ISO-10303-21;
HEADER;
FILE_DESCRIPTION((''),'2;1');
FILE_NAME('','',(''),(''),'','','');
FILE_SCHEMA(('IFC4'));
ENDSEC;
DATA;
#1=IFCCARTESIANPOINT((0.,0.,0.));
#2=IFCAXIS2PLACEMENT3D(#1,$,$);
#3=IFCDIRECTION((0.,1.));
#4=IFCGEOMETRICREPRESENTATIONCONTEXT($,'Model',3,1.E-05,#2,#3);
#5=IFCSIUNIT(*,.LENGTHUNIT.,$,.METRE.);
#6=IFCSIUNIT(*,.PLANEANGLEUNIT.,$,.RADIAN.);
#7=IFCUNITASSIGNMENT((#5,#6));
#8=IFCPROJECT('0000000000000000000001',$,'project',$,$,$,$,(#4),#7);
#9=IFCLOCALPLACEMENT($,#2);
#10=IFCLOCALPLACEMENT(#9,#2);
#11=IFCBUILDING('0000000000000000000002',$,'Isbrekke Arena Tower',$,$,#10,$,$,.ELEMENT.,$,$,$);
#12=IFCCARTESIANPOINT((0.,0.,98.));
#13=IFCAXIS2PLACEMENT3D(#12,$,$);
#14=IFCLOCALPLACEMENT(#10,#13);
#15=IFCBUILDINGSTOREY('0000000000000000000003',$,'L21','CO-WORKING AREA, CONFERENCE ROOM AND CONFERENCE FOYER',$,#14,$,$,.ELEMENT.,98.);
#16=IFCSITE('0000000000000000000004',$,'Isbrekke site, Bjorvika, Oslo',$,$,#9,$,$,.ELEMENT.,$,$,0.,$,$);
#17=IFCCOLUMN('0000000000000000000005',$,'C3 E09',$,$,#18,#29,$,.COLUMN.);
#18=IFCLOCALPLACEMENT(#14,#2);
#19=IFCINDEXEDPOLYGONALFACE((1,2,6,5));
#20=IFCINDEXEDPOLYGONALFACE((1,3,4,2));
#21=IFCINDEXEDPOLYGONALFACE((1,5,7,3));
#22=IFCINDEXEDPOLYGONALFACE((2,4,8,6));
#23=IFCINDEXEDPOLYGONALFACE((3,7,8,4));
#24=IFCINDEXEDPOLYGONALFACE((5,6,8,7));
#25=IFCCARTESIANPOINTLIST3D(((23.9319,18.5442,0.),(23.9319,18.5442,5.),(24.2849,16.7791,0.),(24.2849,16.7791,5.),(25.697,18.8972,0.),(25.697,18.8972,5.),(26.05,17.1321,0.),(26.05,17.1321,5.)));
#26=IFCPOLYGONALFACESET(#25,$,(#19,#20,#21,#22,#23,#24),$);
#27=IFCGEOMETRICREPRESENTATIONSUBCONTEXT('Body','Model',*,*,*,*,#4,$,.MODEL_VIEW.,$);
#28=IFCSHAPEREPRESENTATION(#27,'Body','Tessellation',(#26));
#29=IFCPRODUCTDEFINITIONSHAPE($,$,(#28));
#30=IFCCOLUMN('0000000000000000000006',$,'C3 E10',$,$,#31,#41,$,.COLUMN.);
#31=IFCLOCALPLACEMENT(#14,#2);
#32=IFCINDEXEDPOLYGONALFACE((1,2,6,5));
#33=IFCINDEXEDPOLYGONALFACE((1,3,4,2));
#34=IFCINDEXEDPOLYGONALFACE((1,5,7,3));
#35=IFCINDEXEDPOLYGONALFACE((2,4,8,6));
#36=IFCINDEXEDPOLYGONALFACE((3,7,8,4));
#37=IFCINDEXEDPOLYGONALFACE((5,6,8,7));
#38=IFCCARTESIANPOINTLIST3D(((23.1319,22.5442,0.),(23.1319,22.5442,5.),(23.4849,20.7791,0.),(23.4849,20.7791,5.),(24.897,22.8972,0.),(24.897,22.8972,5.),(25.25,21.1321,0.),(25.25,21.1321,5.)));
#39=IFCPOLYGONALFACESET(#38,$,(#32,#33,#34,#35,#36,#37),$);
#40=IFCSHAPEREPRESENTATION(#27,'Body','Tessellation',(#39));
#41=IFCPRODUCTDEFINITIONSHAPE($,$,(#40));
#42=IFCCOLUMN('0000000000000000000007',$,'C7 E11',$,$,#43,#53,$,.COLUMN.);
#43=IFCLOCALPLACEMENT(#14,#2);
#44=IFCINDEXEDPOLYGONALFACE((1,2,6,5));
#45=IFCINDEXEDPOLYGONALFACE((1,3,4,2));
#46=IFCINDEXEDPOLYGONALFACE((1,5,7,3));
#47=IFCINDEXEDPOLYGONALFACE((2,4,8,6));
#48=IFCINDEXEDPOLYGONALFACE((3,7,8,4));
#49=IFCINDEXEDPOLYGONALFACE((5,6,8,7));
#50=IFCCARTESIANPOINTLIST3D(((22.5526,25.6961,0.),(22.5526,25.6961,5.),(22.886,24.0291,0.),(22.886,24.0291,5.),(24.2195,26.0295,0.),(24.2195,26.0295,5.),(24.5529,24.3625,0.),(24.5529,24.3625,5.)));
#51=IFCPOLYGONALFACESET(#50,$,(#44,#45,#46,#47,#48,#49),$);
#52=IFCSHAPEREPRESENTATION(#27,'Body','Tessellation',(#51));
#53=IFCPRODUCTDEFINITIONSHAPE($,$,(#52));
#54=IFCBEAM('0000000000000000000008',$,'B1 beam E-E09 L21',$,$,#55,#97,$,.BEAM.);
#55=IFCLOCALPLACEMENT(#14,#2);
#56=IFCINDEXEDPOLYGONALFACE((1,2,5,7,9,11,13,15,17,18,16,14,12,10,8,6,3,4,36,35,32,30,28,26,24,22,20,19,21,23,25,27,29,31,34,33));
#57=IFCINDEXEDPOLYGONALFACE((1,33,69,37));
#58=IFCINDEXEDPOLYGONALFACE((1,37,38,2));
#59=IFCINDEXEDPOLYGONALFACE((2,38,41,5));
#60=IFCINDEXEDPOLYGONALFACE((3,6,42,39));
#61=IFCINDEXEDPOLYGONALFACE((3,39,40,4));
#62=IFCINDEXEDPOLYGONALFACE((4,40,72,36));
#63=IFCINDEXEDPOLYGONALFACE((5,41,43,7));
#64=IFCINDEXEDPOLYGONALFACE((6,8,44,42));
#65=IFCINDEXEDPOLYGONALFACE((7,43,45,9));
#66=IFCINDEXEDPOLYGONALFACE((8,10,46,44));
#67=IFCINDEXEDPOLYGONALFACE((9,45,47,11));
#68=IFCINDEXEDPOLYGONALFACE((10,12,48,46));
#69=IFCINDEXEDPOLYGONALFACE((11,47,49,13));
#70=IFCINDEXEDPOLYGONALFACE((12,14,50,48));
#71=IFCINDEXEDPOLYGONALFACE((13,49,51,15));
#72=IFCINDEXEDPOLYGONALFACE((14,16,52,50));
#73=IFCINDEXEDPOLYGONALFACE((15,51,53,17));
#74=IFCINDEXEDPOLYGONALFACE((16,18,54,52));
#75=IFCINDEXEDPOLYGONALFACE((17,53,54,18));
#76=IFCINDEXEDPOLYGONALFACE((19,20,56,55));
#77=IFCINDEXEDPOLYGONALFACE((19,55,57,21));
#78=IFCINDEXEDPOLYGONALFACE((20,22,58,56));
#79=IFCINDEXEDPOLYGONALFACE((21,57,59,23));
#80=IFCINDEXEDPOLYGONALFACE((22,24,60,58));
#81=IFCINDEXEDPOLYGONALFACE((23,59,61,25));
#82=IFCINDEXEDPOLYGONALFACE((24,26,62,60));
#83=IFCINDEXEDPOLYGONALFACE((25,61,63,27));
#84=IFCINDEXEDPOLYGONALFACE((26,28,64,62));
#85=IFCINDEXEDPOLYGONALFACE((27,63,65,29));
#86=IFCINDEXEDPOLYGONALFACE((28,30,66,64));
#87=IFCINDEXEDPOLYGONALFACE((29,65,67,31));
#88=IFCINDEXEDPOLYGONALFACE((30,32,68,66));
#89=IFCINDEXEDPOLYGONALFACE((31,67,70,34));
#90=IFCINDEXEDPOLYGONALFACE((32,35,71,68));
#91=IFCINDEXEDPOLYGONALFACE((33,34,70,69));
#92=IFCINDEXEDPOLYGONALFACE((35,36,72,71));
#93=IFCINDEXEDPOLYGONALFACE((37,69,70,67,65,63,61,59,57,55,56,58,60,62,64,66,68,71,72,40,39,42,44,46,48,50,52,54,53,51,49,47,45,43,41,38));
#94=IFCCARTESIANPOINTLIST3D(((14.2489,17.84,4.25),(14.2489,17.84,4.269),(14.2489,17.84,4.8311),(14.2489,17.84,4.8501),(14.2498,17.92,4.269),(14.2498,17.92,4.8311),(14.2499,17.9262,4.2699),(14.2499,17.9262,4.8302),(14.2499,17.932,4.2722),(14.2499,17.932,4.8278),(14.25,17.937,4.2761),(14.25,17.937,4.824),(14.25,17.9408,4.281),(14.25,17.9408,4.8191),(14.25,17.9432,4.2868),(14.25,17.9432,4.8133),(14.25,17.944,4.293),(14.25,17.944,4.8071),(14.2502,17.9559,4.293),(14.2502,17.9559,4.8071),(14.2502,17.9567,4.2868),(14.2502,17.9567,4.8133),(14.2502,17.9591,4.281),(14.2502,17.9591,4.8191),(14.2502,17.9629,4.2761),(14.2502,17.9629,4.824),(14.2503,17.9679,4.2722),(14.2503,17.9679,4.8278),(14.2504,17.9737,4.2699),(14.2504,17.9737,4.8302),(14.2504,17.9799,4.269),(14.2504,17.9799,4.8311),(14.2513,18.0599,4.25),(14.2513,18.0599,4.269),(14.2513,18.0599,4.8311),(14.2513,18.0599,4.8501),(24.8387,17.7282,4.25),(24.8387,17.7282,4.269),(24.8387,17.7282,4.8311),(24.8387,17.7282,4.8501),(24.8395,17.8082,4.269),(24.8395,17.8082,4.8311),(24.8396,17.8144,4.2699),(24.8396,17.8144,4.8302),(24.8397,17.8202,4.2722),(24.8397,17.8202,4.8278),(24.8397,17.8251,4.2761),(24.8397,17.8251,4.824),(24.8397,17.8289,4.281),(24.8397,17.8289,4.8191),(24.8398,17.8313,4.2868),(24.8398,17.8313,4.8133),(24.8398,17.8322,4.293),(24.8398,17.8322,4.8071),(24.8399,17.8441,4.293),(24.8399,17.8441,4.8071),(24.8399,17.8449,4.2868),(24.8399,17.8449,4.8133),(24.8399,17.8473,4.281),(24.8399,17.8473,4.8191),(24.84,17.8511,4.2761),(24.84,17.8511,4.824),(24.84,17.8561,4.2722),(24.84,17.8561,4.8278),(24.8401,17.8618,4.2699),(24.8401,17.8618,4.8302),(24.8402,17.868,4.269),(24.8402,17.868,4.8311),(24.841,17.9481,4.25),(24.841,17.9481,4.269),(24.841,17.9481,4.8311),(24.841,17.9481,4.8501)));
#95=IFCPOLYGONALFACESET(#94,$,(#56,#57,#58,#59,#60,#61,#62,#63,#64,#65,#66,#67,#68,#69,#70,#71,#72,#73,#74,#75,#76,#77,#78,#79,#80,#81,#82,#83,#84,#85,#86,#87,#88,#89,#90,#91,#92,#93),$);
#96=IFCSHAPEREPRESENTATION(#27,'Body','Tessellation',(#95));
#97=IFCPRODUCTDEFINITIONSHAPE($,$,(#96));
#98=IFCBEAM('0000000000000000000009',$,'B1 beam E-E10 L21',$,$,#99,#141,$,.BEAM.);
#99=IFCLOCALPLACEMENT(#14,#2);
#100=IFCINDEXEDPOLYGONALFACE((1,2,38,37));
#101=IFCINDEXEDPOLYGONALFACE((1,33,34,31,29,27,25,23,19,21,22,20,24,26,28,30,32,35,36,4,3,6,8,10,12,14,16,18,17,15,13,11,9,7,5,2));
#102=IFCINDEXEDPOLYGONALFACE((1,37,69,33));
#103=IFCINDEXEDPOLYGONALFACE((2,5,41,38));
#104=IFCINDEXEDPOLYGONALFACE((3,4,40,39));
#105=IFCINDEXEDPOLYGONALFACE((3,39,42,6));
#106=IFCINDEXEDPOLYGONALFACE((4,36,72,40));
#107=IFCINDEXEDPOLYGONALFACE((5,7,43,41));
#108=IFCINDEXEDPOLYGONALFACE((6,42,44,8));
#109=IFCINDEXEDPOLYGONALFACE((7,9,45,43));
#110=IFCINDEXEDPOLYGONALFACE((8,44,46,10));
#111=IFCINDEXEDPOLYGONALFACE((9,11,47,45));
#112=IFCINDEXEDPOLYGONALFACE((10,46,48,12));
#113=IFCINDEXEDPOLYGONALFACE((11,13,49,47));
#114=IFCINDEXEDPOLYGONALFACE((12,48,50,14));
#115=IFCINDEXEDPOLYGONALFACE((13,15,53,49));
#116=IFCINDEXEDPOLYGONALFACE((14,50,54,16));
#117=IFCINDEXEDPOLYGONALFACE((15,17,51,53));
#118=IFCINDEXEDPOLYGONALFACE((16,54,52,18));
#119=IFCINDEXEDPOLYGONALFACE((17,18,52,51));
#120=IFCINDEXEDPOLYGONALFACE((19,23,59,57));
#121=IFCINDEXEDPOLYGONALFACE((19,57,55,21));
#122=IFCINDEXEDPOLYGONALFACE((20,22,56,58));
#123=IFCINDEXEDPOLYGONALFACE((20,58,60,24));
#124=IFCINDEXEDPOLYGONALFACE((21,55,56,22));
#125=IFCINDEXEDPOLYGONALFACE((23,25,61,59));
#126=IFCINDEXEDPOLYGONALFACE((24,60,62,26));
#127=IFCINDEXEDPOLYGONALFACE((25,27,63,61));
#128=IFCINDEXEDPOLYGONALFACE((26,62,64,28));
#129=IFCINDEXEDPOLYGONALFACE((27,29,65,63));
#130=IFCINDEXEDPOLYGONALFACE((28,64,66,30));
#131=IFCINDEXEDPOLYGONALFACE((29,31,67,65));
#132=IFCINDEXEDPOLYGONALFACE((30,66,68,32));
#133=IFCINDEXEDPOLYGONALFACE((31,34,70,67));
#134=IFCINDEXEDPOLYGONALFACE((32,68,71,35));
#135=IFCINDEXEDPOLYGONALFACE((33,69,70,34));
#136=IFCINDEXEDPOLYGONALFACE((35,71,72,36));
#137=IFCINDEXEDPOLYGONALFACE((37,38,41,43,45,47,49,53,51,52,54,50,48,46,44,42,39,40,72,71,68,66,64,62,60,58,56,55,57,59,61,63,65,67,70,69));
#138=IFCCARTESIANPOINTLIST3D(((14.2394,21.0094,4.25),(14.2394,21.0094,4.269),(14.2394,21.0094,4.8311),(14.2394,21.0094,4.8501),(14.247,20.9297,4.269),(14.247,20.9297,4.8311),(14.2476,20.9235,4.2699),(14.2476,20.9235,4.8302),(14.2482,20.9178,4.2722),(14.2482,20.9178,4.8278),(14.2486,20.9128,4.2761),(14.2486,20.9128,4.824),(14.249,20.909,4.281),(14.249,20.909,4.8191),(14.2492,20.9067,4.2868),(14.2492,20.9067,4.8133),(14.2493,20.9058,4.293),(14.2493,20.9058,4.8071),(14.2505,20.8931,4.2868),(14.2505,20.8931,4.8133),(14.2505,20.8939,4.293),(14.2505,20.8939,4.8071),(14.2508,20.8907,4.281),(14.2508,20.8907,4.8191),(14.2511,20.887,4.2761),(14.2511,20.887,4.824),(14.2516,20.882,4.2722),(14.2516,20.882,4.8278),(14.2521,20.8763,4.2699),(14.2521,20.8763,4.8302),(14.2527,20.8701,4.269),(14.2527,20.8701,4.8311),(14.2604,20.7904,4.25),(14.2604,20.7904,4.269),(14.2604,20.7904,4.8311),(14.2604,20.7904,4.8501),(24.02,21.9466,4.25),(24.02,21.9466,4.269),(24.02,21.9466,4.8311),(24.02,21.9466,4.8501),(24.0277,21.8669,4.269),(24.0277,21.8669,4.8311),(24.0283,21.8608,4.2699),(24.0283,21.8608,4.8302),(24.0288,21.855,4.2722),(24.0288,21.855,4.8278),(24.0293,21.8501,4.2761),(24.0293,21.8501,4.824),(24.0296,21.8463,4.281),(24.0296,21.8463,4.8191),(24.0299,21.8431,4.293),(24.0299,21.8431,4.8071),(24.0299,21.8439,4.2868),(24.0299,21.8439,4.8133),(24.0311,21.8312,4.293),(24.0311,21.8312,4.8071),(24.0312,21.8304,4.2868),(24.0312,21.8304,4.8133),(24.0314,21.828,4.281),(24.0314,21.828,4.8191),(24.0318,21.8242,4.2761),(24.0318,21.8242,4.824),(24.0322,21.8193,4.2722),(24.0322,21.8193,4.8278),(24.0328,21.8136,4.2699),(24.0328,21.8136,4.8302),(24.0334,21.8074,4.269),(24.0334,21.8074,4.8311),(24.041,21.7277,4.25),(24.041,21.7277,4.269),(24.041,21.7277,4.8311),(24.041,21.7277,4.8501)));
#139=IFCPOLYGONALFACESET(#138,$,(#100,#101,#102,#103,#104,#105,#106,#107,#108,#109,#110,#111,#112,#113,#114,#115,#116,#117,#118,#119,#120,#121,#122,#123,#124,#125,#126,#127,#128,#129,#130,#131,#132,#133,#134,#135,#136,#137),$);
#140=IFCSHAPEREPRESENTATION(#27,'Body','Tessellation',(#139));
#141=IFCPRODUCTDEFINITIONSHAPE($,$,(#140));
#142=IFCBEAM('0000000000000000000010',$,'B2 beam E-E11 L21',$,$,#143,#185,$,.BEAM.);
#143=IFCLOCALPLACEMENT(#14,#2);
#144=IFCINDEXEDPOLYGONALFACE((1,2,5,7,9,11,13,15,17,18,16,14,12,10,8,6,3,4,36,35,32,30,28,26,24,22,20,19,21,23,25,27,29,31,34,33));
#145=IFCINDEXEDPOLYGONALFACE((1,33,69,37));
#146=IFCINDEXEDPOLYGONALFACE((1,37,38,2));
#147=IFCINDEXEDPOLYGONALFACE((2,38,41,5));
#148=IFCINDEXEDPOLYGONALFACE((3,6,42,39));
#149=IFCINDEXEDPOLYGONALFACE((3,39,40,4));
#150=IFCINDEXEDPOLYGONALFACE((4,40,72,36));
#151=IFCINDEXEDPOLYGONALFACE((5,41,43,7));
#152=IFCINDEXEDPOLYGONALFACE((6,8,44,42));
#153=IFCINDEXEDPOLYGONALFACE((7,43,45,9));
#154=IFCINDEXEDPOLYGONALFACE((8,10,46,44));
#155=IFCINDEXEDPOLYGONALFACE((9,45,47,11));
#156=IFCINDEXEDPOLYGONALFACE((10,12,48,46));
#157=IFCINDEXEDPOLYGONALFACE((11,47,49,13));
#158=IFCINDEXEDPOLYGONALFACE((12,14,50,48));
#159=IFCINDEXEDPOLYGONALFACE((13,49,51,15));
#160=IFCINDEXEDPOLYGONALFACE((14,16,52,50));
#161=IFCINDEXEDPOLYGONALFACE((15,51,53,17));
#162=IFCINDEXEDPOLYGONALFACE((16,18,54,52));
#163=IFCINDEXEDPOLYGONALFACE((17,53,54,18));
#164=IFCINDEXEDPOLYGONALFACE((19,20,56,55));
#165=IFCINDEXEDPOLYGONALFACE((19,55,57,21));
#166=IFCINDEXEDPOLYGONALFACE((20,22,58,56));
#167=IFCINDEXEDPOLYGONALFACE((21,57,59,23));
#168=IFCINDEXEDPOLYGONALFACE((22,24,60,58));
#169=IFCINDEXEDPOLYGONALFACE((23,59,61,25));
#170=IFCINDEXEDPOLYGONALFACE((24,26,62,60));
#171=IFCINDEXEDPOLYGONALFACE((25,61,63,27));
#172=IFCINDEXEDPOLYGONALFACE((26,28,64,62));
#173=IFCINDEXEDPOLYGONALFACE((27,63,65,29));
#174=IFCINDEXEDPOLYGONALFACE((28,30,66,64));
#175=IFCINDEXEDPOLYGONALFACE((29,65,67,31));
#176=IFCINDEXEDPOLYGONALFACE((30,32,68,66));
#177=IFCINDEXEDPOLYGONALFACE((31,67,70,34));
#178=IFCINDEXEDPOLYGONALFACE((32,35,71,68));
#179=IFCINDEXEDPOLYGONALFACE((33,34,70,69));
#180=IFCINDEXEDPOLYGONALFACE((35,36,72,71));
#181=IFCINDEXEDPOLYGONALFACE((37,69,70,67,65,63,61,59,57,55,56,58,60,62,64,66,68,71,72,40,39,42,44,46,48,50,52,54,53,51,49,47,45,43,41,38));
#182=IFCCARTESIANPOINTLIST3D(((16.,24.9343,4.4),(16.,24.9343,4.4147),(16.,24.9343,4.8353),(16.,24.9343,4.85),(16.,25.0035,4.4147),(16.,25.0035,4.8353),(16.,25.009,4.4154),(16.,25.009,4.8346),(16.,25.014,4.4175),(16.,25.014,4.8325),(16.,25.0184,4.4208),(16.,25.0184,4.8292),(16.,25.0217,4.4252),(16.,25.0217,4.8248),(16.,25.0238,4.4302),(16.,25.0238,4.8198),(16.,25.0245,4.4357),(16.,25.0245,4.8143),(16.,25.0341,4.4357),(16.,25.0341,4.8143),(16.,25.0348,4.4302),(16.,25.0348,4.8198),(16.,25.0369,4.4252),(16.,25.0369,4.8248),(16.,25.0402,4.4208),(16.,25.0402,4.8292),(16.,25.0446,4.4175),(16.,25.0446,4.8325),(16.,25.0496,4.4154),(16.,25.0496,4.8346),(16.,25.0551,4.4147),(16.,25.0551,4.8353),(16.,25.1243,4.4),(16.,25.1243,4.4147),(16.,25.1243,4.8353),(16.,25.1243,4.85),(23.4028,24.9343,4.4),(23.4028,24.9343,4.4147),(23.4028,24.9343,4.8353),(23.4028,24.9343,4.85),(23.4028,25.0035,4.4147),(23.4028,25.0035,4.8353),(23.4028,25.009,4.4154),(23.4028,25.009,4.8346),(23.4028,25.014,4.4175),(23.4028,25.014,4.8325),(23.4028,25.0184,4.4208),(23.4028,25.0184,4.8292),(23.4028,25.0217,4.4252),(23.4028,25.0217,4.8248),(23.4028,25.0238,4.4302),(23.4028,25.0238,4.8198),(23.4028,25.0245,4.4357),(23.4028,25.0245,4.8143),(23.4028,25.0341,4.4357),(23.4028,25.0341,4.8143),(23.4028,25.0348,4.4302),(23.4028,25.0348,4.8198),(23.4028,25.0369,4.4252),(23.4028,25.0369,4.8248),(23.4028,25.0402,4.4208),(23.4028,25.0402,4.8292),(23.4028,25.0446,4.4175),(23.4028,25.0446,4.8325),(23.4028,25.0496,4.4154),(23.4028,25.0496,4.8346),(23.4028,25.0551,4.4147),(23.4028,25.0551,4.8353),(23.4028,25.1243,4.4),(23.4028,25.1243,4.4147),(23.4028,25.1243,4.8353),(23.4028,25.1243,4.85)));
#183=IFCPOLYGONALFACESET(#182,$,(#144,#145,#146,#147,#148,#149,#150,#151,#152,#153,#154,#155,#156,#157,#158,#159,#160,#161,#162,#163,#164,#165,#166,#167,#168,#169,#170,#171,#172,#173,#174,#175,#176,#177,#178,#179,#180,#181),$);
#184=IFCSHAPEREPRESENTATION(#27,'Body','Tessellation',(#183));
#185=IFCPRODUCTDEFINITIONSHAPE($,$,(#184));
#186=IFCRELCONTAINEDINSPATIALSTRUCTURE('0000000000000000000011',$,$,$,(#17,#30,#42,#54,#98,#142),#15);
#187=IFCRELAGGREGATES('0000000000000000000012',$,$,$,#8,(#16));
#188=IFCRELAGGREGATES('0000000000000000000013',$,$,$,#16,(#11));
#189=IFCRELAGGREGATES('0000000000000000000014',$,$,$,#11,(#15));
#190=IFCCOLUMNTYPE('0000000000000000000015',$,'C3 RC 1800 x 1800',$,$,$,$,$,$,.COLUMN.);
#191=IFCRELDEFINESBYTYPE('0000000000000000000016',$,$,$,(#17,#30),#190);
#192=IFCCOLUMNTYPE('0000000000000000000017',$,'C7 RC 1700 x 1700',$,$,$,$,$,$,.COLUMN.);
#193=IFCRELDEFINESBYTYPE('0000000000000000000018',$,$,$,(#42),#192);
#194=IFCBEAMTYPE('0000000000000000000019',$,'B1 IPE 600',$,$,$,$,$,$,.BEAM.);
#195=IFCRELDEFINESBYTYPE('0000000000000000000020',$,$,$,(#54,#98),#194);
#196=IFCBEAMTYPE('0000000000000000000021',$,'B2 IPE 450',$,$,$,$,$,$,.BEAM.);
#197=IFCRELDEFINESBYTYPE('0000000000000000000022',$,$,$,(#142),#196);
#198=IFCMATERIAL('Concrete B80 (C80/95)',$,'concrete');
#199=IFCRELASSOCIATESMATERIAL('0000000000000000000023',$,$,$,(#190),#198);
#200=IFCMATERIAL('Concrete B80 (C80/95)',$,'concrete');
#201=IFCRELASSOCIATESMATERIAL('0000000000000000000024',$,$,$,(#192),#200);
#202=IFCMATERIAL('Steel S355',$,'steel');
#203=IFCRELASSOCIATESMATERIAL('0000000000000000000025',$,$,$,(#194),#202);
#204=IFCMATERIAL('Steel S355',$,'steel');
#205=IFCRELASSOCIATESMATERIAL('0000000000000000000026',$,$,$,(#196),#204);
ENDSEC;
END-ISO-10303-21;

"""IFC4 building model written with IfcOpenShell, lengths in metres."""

from ifc_helpers import new_model, si_unit, direction, frame, origin, origin_2d, place, context, subcontext, project, spatial, rectangle, i_section, extrude, material, material_profile, profile_set, type_object, element, save


model = new_model("IFC4")

# Units and contexts
model_context = context("Model", 3, precision=1e-05, world=origin(), true_north=direction((0.0, 1.0)))
body_context = subcontext(model_context, "Body", "Model", "MODEL_VIEW")
ifc_project = project(units=[si_unit("LENGTHUNIT", "METRE"), si_unit("PLANEANGLEUNIT", "RADIAN")], contexts=[model_context])

# Site, building, storey
site_placement = place(None, origin())
site = spatial("IfcSite", under=ifc_project, at=site_placement, Name="Isbrekke site, Bjorvika, Oslo", CompositionType="ELEMENT", RefElevation=0.0)
building_placement = place(site_placement, origin())
building = spatial("IfcBuilding", under=site, at=building_placement, Name="Isbrekke Arena Tower", CompositionType="ELEMENT")
storey_placement = place(building_placement, frame((0.0, 0.0, 98.0)))
storey = spatial("IfcBuildingStorey", under=building, at=storey_placement, Name="L21", Description="CO-WORKING AREA, CONFERENCE ROOM AND CONFERENCE FOYER", CompositionType="ELEMENT", Elevation=98.0)

# Columns
ifc_material_1 = material(Name="Concrete B80 (C80/95)", Category="concrete")
ifc_material_profile_1 = material_profile(ifc_material_1, rectangle(XDim=1.8, YDim=1.8, at=origin_2d()), Name="RC 1800x1800")
ifc_profile_set_1 = profile_set([ifc_material_profile_1], Name="Concrete B80 (C80/95)")
column_type_1 = type_object("IfcColumnType", Name="C3 RC 1800 x 1800", PredefinedType="COLUMN", material=ifc_profile_set_1)
for number, where, z_axis, x_axis, name in (
    (1, (24.991, 17.8381, 0.0), (0.0, 0.0, 1.0), (-0.196116, 0.980581, 0.0), "C3 E09"),
    (2, (24.1909, 21.8381, 0.0), (0.0, 0.0, 1.0), (-0.196116, 0.980581, 0.0), "C3 E10"),
):
    element("IfcColumn", number, at=place(storey_placement, frame(where, z_axis=z_axis, x_axis=x_axis)), inside=storey, type_object=column_type_1, Name=name, PredefinedType="COLUMN", context=body_context, shape_type="SweptSolid", body=[
        extrude(rectangle(XDim=1.8, YDim=1.8, at=origin_2d()), origin(), (0.0, 0.0, 1.0), 5.0),
    ])
ifc_material_2 = material(Name="Concrete B80 (C80/95)", Category="concrete")
ifc_material_profile_2 = material_profile(ifc_material_2, rectangle(XDim=1.7, YDim=1.7, at=origin_2d()), Name="RC 1700x1700")
ifc_profile_set_2 = profile_set([ifc_material_profile_2], Name="Concrete B80 (C80/95)")
column_type_2 = type_object("IfcColumnType", Name="C7 RC 1700 x 1700", PredefinedType="COLUMN", material=ifc_profile_set_2)
column_placement = place(storey_placement, frame((23.5527, 25.0293, 0.0), z_axis=(0.0, 0.0, 1.0), x_axis=(-0.196116, 0.980581, 0.0)))
element("IfcColumn", 3, at=column_placement, inside=storey, type_object=column_type_2, Name="C7 E11", PredefinedType="COLUMN", context=body_context, shape_type="SweptSolid", body=[
    extrude(rectangle(XDim=1.7, YDim=1.7, at=origin_2d()), origin(), (0.0, 0.0, 1.0), 5.0),
])

# Beams
ifc_material_3 = material(Name="Steel S355", Category="steel")
ifc_material_profile_3 = material_profile(ifc_material_3, i_section(OverallWidth=0.22, OverallDepth=0.6001, WebThickness=0.012, FlangeThickness=0.019, FilletRadius=0.0239, at=origin_2d()), Name="IPE 600")
ifc_profile_set_3 = profile_set([ifc_material_profile_3], Name="Steel S355")
beam_type_1 = type_object("IfcBeamType", Name="B1 IPE 600", PredefinedType="BEAM", material=ifc_profile_set_3)
beam_1_placement = place(storey_placement, frame((24.8398, 17.8381, 4.55), z_axis=(-0.999944, 0.010558, 0.0), x_axis=(-0.010558, -0.999944, 0.0)))
element("IfcBeam", 4, at=beam_1_placement, inside=storey, type_object=beam_type_1, Name="B1 beam E-E09 L21", PredefinedType="BEAM", context=body_context, shape_type="SweptSolid", body=[
    extrude(i_section(OverallWidth=0.22, OverallDepth=0.6001, WebThickness=0.012, FlangeThickness=0.019, FilletRadius=0.0239, at=origin_2d()), origin(), (0.0, 0.0, 1.0), 10.5903),
])
beam_2_placement = place(storey_placement, frame((24.0305, 21.8372, 4.55), z_axis=(-0.99544, -0.095392, 0.0), x_axis=(0.095392, -0.99544, 0.0)))
element("IfcBeam", 5, at=beam_2_placement, inside=storey, type_object=beam_type_1, Name="B1 beam E-E10 L21", PredefinedType="BEAM", context=body_context, shape_type="SweptSolid", body=[
    extrude(i_section(OverallWidth=0.22, OverallDepth=0.6001, WebThickness=0.012, FlangeThickness=0.019, FilletRadius=0.0239, at=origin_2d()), origin(), (0.0, 0.0, 1.0), 9.8254),
])
ifc_material_4 = material(Name="Steel S355", Category="steel")
ifc_material_profile_4 = material_profile(ifc_material_4, i_section(OverallWidth=0.1899, OverallDepth=0.45, WebThickness=0.0095, FlangeThickness=0.0146, FilletRadius=0.021, at=origin_2d()), Name="IPE 450")
ifc_profile_set_4 = profile_set([ifc_material_profile_4], Name="Steel S355")
beam_type_2 = type_object("IfcBeamType", Name="B2 IPE 450", PredefinedType="BEAM", material=ifc_profile_set_4)
beam_3_placement = place(storey_placement, frame((23.4028, 25.0293, 4.625), z_axis=(-1.0, 0.0, 0.0), x_axis=(0.0, -1.0, 0.0)))
element("IfcBeam", 6, at=beam_3_placement, inside=storey, type_object=beam_type_2, Name="B2 beam E-E11 L21", PredefinedType="BEAM", context=body_context, shape_type="SweptSolid", body=[
    extrude(i_section(OverallWidth=0.1899, OverallDepth=0.45, WebThickness=0.0095, FlangeThickness=0.0146, FilletRadius=0.021, at=origin_2d()), origin(), (0.0, 0.0, 1.0), 7.4028),
])

save(model, "model.ifc")
